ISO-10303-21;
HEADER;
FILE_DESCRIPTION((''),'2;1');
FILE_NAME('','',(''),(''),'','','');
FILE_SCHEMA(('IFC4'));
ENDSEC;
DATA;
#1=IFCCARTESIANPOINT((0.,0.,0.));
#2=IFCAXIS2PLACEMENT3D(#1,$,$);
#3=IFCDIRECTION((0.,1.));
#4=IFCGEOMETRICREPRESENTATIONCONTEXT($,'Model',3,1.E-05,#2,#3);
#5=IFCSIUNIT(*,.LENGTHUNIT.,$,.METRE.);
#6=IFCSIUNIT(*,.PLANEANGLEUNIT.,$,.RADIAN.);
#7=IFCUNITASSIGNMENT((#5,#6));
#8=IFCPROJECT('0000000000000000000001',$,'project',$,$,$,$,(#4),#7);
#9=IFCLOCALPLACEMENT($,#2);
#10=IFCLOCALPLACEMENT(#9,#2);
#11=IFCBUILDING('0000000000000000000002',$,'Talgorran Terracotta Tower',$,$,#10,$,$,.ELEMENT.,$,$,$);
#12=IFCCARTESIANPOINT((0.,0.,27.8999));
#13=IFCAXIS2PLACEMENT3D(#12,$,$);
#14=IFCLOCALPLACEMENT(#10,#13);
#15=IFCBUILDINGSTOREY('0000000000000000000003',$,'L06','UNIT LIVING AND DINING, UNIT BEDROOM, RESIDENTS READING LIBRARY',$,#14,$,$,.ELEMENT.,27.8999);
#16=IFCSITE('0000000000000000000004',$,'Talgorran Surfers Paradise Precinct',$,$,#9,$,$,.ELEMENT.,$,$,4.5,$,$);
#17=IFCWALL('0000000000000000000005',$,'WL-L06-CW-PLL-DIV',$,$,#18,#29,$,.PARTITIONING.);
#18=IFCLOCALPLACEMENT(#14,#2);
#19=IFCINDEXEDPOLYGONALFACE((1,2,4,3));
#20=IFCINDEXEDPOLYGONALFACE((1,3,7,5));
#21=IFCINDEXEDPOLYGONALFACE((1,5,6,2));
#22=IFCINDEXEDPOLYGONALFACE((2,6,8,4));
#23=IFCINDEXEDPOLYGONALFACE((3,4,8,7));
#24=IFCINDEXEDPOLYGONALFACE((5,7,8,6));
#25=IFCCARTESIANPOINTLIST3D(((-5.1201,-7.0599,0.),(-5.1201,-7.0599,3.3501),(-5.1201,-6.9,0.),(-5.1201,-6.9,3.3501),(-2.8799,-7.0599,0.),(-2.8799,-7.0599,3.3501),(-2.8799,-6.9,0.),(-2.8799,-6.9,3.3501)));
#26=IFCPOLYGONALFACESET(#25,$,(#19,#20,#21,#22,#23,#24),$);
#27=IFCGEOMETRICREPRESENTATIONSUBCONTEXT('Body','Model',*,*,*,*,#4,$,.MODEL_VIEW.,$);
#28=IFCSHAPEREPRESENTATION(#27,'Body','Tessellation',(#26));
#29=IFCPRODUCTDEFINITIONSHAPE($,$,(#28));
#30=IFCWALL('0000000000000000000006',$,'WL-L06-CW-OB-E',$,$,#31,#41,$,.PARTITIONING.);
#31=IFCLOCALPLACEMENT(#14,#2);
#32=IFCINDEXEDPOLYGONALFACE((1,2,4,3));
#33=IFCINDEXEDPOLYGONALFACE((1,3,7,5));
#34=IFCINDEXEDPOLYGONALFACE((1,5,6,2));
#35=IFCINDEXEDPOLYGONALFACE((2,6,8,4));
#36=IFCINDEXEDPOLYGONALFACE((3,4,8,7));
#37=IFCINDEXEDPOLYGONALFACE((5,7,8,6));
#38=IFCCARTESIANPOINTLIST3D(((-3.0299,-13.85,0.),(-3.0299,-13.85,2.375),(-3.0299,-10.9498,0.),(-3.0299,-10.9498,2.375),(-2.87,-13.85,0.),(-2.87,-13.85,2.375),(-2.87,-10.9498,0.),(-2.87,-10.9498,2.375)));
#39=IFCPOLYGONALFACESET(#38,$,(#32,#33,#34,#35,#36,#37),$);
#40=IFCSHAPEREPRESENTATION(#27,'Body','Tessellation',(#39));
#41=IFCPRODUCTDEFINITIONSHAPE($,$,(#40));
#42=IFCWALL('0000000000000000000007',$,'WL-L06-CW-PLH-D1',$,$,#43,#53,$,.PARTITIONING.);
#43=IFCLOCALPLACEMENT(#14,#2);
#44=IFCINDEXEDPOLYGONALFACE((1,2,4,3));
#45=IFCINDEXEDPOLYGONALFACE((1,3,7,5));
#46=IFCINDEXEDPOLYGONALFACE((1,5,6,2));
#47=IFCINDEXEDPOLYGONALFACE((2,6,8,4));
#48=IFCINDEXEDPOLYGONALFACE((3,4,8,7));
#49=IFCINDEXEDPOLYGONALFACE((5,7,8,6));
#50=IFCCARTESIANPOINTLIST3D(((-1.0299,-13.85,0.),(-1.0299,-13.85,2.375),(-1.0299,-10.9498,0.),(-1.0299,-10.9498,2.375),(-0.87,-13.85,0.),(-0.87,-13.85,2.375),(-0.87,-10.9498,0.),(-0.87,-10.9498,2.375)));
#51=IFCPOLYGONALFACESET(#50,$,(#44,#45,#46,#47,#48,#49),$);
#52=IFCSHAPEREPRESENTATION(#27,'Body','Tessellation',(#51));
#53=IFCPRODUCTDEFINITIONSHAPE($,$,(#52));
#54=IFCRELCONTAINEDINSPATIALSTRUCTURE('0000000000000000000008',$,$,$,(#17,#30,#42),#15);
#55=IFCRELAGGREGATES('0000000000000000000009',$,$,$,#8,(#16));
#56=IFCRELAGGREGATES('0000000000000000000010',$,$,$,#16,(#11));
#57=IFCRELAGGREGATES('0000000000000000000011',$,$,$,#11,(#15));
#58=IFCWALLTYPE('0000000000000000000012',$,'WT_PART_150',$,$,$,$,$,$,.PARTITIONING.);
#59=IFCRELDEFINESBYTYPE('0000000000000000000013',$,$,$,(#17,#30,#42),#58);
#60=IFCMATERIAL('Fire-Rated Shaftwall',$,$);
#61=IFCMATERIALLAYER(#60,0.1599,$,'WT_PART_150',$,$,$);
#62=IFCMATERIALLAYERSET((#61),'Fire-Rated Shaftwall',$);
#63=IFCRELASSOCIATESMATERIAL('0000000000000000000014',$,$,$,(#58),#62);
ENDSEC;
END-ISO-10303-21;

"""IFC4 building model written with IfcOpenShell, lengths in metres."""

from ifc_helpers import new_model, si_unit, direction, frame, frame_2d, origin, place, context, subcontext, project, spatial, rectangle, extrude, material, layer, layer_set, type_object, element, save


model = new_model("IFC4")

# Units and contexts
model_context = context("Model", 3, precision=1e-05, world=origin(), true_north=direction((0.0, 1.0)))
body_context = subcontext(model_context, "Body", "Model", "MODEL_VIEW")
ifc_project = project(units=[si_unit("LENGTHUNIT", "METRE"), si_unit("PLANEANGLEUNIT", "RADIAN")], contexts=[model_context])

# Site, building, storey
site_placement = place(None, origin())
site = spatial("IfcSite", under=ifc_project, at=site_placement, Name="Talgorran Surfers Paradise Precinct", CompositionType="ELEMENT", RefElevation=4.5)
building_placement = place(site_placement, origin())
building = spatial("IfcBuilding", under=site, at=building_placement, Name="Talgorran Terracotta Tower", CompositionType="ELEMENT")
storey_placement = place(building_placement, frame((0.0, 0.0, 27.8999)))
storey = spatial("IfcBuildingStorey", under=building, at=storey_placement, Name="L06", Description="UNIT LIVING AND DINING, UNIT BEDROOM, RESIDENTS READING LIBRARY", CompositionType="ELEMENT", Elevation=27.8999)

# Walls
ifc_material_1 = material(Name="Fire-Rated Shaftwall")
ifc_layer_1 = layer(ifc_material_1, 0.1599, Name="WT_PART_150")
ifc_layer_set_1 = layer_set([ifc_layer_1], Name="Fire-Rated Shaftwall")
wall_type_1 = type_object("IfcWallType", Name="WT_PART_150", PredefinedType="PARTITIONING", material=ifc_layer_set_1)
wall_1_placement = place(storey_placement, frame((-5.1201, -6.98, 0.0), z_axis=(0.0, 0.0, 1.0), x_axis=(1.0, 0.0, 0.0)))
element("IfcWall", 1, at=wall_1_placement, inside=storey, type_object=wall_type_1, Name="WL-L06-CW-PLL-DIV", PredefinedType="PARTITIONING", context=body_context, shape_type="SweptSolid", body=[
    extrude(rectangle(XDim=2.2402, YDim=0.1599, at=frame_2d((1.1201, 0.0))), origin(), (0.0, 0.0, 1.0), 3.3501),
])
for number, where, z_axis, x_axis, name in (
    (2, (-2.95, -13.8501, 0.0), (0.0, 0.0, 1.0), (0.0, 1.0, 0.0), "WL-L06-CW-OB-E"),
    (3, (-0.95, -13.8501, 0.0), (0.0, 0.0, 1.0), (0.0, 1.0, 0.0), "WL-L06-CW-PLH-D1"),
):
    element("IfcWall", number, at=place(storey_placement, frame(where, z_axis=z_axis, x_axis=x_axis)), inside=storey, type_object=wall_type_1, Name=name, PredefinedType="PARTITIONING", context=body_context, shape_type="SweptSolid", body=[
        extrude(rectangle(XDim=2.9001, YDim=0.1599, at=frame_2d((1.4502, 0.0))), origin(), (0.0, 0.0, 1.0), 2.375),
    ])

save(model, "model.ifc")
